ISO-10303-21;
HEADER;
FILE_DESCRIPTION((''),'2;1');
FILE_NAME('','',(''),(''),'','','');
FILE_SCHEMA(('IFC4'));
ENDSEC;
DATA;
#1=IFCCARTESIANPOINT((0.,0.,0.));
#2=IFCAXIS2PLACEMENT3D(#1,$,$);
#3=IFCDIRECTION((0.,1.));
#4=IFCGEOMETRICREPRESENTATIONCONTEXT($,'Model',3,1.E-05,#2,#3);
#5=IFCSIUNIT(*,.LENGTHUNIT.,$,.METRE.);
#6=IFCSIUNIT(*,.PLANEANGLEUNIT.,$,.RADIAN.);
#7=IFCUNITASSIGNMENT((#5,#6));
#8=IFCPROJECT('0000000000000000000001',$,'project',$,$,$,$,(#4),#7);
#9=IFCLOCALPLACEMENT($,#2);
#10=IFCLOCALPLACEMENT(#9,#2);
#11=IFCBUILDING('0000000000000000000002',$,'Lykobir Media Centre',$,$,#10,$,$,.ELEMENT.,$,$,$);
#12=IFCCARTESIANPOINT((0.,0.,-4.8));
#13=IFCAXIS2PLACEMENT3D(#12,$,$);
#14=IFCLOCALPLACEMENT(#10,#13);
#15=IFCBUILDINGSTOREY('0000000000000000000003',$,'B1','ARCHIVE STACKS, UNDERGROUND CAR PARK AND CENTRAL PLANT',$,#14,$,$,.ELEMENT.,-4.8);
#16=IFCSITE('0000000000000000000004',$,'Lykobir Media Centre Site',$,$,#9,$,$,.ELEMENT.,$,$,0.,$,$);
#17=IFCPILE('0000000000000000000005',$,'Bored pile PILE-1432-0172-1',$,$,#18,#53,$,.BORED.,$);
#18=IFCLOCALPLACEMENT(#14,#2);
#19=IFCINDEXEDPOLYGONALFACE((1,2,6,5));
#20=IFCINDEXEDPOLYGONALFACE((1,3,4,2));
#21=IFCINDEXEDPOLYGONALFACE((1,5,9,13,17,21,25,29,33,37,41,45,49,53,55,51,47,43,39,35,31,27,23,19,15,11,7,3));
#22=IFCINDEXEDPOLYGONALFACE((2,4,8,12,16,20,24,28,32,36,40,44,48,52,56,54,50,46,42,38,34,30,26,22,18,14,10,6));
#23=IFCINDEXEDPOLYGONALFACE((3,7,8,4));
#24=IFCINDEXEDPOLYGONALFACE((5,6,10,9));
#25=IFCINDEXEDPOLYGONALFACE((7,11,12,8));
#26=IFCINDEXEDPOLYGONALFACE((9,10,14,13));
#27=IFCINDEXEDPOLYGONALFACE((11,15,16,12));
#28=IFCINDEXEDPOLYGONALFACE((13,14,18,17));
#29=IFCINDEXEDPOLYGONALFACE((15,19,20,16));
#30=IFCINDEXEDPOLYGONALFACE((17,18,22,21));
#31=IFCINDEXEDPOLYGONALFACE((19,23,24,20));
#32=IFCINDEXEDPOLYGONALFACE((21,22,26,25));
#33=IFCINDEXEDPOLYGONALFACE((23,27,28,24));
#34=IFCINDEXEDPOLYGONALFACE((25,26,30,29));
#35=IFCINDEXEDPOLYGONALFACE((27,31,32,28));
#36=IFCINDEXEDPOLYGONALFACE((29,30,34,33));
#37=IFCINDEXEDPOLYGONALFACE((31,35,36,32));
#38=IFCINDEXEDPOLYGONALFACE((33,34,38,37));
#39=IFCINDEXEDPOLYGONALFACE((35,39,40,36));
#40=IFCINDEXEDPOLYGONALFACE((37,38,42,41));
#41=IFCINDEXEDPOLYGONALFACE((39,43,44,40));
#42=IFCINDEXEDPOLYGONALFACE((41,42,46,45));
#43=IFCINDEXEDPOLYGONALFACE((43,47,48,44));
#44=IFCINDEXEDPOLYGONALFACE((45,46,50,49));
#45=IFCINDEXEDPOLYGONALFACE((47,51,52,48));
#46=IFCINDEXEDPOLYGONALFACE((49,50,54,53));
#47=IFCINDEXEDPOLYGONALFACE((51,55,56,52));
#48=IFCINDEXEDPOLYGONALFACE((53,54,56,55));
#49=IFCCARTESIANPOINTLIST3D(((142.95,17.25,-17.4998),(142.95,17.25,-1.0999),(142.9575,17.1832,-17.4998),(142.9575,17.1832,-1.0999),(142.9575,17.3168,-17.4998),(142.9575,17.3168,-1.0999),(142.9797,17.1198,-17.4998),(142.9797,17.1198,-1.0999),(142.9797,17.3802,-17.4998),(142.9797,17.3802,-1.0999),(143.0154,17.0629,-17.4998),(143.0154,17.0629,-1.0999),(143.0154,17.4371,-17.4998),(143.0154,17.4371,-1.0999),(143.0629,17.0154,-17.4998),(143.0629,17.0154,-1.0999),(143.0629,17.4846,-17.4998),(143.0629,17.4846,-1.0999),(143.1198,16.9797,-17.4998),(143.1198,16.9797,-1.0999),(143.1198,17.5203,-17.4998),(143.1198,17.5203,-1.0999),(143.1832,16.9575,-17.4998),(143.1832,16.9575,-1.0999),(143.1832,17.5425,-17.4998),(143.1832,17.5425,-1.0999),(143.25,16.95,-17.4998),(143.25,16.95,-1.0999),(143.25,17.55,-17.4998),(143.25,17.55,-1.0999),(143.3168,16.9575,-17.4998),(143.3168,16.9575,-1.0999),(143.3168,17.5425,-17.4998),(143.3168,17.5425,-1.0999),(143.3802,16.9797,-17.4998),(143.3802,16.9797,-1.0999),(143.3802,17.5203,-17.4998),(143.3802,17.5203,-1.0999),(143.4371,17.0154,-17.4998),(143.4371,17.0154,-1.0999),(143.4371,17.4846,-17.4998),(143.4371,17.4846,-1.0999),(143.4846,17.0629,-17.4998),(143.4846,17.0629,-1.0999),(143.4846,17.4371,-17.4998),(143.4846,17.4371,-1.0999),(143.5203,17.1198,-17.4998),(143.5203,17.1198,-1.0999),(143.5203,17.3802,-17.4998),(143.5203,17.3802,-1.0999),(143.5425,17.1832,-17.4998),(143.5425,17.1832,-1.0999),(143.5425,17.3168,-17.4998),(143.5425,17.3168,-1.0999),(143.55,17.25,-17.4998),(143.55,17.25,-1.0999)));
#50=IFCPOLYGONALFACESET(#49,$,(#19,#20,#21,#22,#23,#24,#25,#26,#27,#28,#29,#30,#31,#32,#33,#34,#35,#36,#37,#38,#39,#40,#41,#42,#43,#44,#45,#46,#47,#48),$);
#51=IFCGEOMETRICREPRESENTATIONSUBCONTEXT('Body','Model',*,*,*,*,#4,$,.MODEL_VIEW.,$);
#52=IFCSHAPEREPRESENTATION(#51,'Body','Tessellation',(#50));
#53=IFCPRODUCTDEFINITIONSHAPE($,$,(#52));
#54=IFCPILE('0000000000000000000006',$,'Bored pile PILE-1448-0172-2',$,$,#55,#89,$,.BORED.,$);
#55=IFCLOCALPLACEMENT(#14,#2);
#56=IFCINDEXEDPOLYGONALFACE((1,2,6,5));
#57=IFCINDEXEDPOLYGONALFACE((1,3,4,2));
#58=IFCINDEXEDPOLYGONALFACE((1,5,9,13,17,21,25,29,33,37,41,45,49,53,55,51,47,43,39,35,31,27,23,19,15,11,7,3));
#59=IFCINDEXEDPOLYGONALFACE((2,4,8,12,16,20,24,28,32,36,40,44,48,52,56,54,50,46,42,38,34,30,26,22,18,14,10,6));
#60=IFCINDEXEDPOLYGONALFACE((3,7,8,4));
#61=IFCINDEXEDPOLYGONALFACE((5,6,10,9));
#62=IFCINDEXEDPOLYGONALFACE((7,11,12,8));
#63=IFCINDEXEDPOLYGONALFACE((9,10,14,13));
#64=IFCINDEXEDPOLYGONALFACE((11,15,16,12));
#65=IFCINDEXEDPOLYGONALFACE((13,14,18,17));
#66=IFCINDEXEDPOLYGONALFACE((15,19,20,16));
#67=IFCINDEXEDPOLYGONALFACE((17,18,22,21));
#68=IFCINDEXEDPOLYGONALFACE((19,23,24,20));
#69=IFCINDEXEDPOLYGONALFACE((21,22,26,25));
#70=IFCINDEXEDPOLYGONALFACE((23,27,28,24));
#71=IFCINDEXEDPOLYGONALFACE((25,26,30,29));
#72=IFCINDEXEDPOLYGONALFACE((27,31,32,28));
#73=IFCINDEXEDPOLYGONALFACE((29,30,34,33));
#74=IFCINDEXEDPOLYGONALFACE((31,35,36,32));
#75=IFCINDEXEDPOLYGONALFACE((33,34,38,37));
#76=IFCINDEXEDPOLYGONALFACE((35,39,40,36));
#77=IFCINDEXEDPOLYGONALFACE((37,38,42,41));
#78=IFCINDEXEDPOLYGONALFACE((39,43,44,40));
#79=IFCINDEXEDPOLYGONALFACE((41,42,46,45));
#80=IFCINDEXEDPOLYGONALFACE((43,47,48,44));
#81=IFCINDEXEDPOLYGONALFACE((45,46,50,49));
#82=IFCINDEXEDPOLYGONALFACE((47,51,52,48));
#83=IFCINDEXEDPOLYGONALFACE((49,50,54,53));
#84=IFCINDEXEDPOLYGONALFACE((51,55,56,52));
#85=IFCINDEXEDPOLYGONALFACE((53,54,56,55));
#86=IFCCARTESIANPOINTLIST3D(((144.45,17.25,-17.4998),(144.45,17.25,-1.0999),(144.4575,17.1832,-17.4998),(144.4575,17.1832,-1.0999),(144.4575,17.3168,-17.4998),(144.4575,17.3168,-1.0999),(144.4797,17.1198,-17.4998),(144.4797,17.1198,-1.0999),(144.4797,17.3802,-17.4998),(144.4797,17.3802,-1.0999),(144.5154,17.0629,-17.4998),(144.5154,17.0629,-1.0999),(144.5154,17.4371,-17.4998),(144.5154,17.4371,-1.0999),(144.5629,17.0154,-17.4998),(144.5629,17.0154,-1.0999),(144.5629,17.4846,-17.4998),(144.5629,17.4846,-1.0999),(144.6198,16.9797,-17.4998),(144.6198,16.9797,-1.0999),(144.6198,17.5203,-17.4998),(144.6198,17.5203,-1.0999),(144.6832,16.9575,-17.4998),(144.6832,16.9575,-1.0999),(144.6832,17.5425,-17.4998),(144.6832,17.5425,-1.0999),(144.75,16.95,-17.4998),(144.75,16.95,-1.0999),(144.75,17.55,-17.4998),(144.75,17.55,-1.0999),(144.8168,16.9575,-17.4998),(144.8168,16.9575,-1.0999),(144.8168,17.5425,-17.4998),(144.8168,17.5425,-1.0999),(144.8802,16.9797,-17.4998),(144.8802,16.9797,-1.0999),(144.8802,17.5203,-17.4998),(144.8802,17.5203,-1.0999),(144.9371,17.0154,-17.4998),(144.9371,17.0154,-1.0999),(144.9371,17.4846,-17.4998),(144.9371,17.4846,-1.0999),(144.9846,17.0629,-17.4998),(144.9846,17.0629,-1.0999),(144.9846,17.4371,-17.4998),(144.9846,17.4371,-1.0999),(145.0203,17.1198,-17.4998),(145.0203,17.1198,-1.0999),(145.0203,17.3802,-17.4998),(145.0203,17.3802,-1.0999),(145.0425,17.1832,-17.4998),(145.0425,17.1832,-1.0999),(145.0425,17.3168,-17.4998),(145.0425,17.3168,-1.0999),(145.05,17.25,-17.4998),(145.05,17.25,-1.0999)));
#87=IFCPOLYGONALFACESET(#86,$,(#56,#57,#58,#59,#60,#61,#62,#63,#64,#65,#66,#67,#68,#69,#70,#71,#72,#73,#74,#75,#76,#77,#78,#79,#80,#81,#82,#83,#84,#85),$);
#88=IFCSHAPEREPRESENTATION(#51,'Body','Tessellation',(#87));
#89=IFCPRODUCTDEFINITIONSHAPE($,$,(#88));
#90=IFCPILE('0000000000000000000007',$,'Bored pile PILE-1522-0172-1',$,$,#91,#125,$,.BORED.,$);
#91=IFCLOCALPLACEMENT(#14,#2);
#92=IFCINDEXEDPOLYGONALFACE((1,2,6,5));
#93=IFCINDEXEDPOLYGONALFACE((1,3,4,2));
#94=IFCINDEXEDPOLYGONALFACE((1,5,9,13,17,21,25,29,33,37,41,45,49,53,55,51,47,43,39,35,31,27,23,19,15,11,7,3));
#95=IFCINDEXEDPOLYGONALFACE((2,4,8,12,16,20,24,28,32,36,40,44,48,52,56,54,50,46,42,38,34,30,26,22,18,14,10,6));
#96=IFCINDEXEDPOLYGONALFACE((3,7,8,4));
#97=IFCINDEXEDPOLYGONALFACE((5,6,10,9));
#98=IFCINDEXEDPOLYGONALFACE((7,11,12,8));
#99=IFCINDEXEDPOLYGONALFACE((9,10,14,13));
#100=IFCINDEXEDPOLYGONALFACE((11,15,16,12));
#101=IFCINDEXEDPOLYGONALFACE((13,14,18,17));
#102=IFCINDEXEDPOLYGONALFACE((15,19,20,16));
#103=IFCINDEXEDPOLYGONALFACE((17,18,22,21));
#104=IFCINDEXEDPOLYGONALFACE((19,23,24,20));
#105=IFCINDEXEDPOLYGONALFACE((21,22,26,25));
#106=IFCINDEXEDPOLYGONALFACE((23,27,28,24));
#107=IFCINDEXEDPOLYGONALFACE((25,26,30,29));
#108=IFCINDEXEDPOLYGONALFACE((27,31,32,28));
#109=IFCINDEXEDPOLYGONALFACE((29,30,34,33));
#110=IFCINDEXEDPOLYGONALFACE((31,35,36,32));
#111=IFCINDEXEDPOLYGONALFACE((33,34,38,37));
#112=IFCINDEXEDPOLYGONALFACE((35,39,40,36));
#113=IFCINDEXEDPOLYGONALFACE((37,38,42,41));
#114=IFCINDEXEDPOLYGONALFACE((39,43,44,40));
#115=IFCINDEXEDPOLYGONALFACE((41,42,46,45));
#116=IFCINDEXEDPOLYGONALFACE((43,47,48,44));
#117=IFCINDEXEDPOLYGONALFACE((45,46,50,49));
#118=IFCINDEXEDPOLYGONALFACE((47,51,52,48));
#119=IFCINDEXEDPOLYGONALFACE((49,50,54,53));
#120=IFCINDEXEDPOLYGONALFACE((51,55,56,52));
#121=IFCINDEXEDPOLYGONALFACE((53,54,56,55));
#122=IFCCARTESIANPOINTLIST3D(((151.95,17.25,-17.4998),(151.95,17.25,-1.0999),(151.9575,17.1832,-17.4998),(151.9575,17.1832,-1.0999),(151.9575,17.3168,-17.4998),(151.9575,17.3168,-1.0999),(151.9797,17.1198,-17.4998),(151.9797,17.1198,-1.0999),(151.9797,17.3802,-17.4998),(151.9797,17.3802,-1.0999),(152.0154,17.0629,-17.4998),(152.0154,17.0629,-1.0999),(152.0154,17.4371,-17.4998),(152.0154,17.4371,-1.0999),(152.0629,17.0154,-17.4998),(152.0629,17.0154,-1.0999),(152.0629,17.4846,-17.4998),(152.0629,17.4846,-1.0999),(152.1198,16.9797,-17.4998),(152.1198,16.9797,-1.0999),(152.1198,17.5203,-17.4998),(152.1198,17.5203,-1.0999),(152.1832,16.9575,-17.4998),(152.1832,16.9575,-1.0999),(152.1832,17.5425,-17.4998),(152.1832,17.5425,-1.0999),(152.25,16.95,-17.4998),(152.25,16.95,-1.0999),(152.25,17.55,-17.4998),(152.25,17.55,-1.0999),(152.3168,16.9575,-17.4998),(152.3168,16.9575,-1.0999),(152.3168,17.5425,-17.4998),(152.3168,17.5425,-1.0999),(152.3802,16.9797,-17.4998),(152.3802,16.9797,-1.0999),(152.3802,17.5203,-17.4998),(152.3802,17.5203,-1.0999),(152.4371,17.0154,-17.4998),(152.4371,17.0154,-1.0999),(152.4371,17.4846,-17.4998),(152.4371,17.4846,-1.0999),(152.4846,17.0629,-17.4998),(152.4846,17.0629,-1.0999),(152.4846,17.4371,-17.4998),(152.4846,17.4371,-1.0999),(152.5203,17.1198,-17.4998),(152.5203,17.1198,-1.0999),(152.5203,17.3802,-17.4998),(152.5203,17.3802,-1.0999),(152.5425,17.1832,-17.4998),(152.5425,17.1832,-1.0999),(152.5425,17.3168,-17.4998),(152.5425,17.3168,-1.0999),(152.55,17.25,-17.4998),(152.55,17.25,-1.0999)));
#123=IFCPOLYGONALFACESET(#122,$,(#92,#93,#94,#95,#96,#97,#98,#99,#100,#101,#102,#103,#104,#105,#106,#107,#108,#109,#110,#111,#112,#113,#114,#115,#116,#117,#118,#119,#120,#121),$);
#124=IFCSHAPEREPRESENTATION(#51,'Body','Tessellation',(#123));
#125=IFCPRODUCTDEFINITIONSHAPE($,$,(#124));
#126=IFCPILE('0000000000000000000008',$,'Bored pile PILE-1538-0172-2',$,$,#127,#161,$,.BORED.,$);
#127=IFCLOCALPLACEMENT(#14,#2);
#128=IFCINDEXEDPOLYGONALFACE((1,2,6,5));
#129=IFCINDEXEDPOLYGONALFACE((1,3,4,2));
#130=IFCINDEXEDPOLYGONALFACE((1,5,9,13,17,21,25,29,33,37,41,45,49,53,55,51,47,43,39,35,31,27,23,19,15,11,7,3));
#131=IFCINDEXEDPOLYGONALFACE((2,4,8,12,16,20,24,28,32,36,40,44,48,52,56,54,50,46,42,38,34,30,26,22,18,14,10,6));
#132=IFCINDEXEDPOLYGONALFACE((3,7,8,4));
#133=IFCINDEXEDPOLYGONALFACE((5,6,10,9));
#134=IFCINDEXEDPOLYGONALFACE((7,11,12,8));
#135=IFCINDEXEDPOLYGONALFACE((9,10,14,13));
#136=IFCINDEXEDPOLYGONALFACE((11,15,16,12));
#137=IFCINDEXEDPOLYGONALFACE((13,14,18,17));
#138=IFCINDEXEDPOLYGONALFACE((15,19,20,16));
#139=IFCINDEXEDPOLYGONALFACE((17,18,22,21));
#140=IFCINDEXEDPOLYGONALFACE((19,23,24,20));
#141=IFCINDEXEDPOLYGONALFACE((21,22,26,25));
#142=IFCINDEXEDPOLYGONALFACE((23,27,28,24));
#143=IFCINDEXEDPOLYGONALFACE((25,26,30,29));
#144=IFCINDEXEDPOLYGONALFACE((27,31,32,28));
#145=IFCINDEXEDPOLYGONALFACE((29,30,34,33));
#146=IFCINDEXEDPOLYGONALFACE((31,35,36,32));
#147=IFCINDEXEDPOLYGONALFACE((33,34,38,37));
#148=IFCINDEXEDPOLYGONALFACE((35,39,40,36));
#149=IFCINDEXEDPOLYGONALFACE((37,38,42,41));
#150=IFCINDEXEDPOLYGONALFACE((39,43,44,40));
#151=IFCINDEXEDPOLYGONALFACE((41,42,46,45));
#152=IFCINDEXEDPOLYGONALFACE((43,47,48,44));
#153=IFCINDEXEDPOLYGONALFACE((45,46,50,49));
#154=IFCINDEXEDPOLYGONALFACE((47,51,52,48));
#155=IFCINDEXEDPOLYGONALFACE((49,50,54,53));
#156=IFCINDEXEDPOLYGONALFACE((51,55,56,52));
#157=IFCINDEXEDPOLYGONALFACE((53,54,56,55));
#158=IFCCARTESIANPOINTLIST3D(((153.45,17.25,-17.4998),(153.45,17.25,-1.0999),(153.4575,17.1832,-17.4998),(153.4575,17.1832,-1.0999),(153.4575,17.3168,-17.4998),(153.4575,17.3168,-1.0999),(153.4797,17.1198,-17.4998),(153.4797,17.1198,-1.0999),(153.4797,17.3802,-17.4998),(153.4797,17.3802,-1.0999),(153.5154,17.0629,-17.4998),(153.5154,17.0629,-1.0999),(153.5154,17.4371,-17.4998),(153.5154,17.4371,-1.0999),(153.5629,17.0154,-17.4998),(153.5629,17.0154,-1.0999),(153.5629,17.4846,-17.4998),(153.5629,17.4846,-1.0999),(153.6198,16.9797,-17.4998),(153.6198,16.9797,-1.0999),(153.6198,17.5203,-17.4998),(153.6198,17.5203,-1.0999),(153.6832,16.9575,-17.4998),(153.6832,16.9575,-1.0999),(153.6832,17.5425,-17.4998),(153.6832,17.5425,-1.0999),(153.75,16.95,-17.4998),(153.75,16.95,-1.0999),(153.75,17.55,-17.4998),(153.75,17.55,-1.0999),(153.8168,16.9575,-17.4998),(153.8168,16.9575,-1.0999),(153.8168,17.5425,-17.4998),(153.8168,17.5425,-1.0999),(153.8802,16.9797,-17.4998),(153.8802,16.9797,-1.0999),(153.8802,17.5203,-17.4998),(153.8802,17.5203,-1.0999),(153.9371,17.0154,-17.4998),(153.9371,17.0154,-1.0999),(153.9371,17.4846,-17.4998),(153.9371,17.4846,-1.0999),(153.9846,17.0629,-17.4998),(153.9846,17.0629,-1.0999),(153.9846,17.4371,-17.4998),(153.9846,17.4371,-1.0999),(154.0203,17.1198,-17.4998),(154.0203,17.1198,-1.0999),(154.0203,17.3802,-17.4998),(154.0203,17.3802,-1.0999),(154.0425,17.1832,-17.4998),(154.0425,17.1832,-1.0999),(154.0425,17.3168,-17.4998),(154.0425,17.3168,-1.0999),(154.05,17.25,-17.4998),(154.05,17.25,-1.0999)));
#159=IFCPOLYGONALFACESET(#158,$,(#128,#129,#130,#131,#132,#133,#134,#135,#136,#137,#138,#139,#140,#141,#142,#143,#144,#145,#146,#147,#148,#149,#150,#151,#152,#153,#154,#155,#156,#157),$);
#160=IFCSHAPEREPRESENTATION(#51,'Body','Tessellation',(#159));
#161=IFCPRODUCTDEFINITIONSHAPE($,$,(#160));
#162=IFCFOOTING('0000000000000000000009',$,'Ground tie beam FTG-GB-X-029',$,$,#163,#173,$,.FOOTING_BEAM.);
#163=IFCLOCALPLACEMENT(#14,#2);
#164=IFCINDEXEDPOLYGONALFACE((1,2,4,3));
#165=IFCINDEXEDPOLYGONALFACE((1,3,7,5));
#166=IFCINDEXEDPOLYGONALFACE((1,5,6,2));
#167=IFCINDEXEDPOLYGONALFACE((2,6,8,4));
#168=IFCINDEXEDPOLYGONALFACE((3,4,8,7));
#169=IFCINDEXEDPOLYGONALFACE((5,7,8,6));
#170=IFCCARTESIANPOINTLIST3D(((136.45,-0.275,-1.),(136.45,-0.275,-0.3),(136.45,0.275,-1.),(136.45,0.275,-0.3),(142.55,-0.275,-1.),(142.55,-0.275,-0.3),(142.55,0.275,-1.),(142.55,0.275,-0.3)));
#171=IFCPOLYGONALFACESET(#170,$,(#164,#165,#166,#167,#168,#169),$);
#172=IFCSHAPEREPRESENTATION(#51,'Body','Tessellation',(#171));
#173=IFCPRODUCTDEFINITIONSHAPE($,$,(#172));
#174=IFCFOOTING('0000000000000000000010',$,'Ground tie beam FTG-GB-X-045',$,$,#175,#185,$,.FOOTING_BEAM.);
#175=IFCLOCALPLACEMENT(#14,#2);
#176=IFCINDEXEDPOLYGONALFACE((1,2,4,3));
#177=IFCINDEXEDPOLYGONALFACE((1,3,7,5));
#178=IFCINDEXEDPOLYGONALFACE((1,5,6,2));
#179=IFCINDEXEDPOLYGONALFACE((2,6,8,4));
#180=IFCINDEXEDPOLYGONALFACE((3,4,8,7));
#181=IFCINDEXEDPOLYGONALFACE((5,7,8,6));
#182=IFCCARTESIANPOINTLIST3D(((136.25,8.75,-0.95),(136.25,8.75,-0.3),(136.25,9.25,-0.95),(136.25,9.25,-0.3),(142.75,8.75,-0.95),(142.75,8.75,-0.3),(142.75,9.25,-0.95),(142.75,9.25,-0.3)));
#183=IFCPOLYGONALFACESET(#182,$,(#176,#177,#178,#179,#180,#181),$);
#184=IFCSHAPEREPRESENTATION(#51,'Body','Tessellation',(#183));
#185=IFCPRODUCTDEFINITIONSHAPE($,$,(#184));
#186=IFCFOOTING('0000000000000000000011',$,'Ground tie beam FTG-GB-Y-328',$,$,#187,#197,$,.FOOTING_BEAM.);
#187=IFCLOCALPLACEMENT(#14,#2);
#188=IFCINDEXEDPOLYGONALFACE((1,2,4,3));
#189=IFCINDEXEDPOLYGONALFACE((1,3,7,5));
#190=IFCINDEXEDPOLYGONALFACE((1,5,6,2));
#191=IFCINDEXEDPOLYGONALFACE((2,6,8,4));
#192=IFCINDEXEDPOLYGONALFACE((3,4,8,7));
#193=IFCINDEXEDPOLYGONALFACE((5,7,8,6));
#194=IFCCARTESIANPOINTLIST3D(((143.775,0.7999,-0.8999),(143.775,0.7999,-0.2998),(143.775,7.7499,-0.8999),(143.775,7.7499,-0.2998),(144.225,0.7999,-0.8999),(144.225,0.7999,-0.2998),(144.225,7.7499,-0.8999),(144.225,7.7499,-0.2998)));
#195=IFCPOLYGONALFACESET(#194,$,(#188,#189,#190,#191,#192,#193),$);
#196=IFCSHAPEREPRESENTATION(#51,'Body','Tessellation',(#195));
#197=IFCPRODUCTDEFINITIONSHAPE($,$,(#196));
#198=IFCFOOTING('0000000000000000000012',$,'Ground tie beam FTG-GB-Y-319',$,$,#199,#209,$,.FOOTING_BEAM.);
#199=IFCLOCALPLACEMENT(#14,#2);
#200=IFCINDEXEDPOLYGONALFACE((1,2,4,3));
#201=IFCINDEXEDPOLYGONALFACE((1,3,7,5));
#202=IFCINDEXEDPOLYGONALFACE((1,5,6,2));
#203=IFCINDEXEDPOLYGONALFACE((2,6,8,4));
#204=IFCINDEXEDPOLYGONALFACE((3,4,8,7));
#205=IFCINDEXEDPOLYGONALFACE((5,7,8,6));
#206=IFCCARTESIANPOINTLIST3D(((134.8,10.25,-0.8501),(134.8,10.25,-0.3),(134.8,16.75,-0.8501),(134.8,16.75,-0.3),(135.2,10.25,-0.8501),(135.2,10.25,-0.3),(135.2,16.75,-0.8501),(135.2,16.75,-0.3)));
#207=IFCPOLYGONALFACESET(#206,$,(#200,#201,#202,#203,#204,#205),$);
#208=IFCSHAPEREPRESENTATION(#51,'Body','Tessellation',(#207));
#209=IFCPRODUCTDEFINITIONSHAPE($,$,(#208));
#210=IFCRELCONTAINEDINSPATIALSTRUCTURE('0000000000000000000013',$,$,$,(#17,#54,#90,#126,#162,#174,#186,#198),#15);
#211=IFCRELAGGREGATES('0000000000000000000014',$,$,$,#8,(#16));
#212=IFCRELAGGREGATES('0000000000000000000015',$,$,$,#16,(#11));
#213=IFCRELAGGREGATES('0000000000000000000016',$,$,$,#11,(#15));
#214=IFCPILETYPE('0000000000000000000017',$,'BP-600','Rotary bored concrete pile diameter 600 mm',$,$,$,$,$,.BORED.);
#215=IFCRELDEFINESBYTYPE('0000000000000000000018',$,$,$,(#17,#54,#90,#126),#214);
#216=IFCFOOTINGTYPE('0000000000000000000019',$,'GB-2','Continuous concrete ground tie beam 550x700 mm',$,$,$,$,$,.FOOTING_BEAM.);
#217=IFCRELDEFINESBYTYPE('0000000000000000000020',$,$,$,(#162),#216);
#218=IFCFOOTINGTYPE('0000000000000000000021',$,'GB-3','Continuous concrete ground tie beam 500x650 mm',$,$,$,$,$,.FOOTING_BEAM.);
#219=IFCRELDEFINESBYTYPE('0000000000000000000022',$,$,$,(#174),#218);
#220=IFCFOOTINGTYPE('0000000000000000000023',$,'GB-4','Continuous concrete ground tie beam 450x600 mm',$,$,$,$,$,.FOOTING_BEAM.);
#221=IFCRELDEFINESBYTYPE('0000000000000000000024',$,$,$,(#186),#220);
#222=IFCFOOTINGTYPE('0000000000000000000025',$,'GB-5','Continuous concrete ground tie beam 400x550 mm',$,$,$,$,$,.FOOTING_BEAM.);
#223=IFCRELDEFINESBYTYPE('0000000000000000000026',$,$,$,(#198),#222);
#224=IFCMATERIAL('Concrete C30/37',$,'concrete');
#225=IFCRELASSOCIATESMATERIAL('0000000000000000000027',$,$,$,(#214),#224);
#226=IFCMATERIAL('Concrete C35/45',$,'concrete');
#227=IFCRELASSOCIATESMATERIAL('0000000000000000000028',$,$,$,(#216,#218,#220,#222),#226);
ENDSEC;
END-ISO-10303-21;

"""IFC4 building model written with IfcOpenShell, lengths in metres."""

from ifc_helpers import new_model, si_unit, direction, frame, origin, origin_2d, place, context, subcontext, project, spatial, rectangle, circle, extrude, material, material_profile, profile_set, type_object, element, save


model = new_model("IFC4")

# Units and contexts
model_context = context("Model", 3, precision=1e-05, world=origin(), true_north=direction((0.0, 1.0)))
body_context = subcontext(model_context, "Body", "Model", "MODEL_VIEW")
ifc_project = project(units=[si_unit("LENGTHUNIT", "METRE"), si_unit("PLANEANGLEUNIT", "RADIAN")], contexts=[model_context])

# Site, building, storey
site_placement = place(None, origin())
site = spatial("IfcSite", under=ifc_project, at=site_placement, Name="Lykobir Media Centre Site", CompositionType="ELEMENT", RefElevation=0.0)
building_placement = place(site_placement, origin())
building = spatial("IfcBuilding", under=site, at=building_placement, Name="Lykobir Media Centre", CompositionType="ELEMENT")
storey_placement = place(building_placement, frame((0.0, 0.0, -4.8)))
storey = spatial("IfcBuildingStorey", under=building, at=storey_placement, Name="B1", Description="ARCHIVE STACKS, UNDERGROUND CAR PARK AND CENTRAL PLANT", CompositionType="ELEMENT", Elevation=-4.8)

# Piles
ifc_material_1 = material(Name="Concrete C30/37", Category="concrete")
ifc_material_profile_1 = material_profile(ifc_material_1, circle(Radius=0.3, at=origin_2d()), Name="BORED PILE D600")
ifc_profile_set_1 = profile_set([ifc_material_profile_1], Name="Concrete C30/37")
pile_type = type_object("IfcPileType", Name="BP-600", Description="Rotary bored concrete pile diameter 600 mm", PredefinedType="BORED", material=ifc_profile_set_1)
for number, where, z_axis, x_axis, name in (
    (1, (143.25, 17.25, -1.0999), (0.0, 0.0, -1.0), (1.0, 0.0, 0.0), "Bored pile PILE-1432-0172-1"),
    (2, (144.75, 17.25, -1.0999), (0.0, 0.0, -1.0), (1.0, 0.0, 0.0), "Bored pile PILE-1448-0172-2"),
    (3, (152.25, 17.25, -1.0999), (0.0, 0.0, -1.0), (1.0, 0.0, 0.0), "Bored pile PILE-1522-0172-1"),
    (4, (153.75, 17.25, -1.0999), (0.0, 0.0, -1.0), (1.0, 0.0, 0.0), "Bored pile PILE-1538-0172-2"),
):
    element("IfcPile", number, at=place(storey_placement, frame(where, z_axis=z_axis, x_axis=x_axis)), inside=storey, type_object=pile_type, Name=name, PredefinedType="BORED", context=body_context, shape_type="SweptSolid", body=[
        extrude(circle(Radius=0.3, at=origin_2d()), origin(), (0.0, 0.0, 1.0), 16.3999),
    ])

# Footings
ifc_material_2 = material(Name="Concrete C35/45", Category="concrete")
footing_type_1 = type_object("IfcFootingType", Name="GB-2", Description="Continuous concrete ground tie beam 550x700 mm", PredefinedType="FOOTING_BEAM", material=ifc_material_2)
footing_1_placement = place(storey_placement, frame((139.5, 0.0, -1.0), z_axis=(0.0, 0.0, 1.0), x_axis=(1.0, 0.0, 0.0)))
element("IfcFooting", 5, at=footing_1_placement, inside=storey, type_object=footing_type_1, Name="Ground tie beam FTG-GB-X-029", PredefinedType="FOOTING_BEAM", context=body_context, shape_type="SweptSolid", body=[
    extrude(rectangle(XDim=6.1001, YDim=0.55, at=origin_2d()), origin(), (0.0, 0.0, 1.0), 0.7),
])
footing_type_2 = type_object("IfcFootingType", Name="GB-3", Description="Continuous concrete ground tie beam 500x650 mm", PredefinedType="FOOTING_BEAM", material=ifc_material_2)
footing_2_placement = place(storey_placement, frame((139.5, 9.0, -0.95), z_axis=(0.0, 0.0, 1.0), x_axis=(1.0, 0.0, 0.0)))
element("IfcFooting", 6, at=footing_2_placement, inside=storey, type_object=footing_type_2, Name="Ground tie beam FTG-GB-X-045", PredefinedType="FOOTING_BEAM", context=body_context, shape_type="SweptSolid", body=[
    extrude(rectangle(XDim=6.5, YDim=0.5, at=origin_2d()), origin(), (0.0, 0.0, 1.0), 0.6499),
])
footing_type_3 = type_object("IfcFootingType", Name="GB-4", Description="Continuous concrete ground tie beam 450x600 mm", PredefinedType="FOOTING_BEAM", material=ifc_material_2)
footing_3_placement = place(storey_placement, frame((144.0, 4.2749, -0.8999), z_axis=(0.0, 0.0, 1.0), x_axis=(0.0, 1.0, 0.0)))
element("IfcFooting", 7, at=footing_3_placement, inside=storey, type_object=footing_type_3, Name="Ground tie beam FTG-GB-Y-328", PredefinedType="FOOTING_BEAM", context=body_context, shape_type="SweptSolid", body=[
    extrude(rectangle(XDim=6.95, YDim=0.45, at=origin_2d()), origin(), (0.0, 0.0, 1.0), 0.6001),
])
footing_type_4 = type_object("IfcFootingType", Name="GB-5", Description="Continuous concrete ground tie beam 400x550 mm", PredefinedType="FOOTING_BEAM", material=ifc_material_2)
for number, where, z_axis, x_axis, name in (
    (8, (135.0, 13.5, -0.8501), (0.0, 0.0, 1.0), (0.0, 1.0, 0.0), "Ground tie beam FTG-GB-Y-319"),
):
    element("IfcFooting", number, at=place(storey_placement, frame(where, z_axis=z_axis, x_axis=x_axis)), inside=storey, type_object=footing_type_4, Name=name, PredefinedType="FOOTING_BEAM", context=body_context, shape_type="SweptSolid", body=[
        extrude(rectangle(XDim=6.5, YDim=0.3999, at=origin_2d()), origin(), (0.0, 0.0, 1.0), 0.55),
    ])

save(model, "model.ifc")
